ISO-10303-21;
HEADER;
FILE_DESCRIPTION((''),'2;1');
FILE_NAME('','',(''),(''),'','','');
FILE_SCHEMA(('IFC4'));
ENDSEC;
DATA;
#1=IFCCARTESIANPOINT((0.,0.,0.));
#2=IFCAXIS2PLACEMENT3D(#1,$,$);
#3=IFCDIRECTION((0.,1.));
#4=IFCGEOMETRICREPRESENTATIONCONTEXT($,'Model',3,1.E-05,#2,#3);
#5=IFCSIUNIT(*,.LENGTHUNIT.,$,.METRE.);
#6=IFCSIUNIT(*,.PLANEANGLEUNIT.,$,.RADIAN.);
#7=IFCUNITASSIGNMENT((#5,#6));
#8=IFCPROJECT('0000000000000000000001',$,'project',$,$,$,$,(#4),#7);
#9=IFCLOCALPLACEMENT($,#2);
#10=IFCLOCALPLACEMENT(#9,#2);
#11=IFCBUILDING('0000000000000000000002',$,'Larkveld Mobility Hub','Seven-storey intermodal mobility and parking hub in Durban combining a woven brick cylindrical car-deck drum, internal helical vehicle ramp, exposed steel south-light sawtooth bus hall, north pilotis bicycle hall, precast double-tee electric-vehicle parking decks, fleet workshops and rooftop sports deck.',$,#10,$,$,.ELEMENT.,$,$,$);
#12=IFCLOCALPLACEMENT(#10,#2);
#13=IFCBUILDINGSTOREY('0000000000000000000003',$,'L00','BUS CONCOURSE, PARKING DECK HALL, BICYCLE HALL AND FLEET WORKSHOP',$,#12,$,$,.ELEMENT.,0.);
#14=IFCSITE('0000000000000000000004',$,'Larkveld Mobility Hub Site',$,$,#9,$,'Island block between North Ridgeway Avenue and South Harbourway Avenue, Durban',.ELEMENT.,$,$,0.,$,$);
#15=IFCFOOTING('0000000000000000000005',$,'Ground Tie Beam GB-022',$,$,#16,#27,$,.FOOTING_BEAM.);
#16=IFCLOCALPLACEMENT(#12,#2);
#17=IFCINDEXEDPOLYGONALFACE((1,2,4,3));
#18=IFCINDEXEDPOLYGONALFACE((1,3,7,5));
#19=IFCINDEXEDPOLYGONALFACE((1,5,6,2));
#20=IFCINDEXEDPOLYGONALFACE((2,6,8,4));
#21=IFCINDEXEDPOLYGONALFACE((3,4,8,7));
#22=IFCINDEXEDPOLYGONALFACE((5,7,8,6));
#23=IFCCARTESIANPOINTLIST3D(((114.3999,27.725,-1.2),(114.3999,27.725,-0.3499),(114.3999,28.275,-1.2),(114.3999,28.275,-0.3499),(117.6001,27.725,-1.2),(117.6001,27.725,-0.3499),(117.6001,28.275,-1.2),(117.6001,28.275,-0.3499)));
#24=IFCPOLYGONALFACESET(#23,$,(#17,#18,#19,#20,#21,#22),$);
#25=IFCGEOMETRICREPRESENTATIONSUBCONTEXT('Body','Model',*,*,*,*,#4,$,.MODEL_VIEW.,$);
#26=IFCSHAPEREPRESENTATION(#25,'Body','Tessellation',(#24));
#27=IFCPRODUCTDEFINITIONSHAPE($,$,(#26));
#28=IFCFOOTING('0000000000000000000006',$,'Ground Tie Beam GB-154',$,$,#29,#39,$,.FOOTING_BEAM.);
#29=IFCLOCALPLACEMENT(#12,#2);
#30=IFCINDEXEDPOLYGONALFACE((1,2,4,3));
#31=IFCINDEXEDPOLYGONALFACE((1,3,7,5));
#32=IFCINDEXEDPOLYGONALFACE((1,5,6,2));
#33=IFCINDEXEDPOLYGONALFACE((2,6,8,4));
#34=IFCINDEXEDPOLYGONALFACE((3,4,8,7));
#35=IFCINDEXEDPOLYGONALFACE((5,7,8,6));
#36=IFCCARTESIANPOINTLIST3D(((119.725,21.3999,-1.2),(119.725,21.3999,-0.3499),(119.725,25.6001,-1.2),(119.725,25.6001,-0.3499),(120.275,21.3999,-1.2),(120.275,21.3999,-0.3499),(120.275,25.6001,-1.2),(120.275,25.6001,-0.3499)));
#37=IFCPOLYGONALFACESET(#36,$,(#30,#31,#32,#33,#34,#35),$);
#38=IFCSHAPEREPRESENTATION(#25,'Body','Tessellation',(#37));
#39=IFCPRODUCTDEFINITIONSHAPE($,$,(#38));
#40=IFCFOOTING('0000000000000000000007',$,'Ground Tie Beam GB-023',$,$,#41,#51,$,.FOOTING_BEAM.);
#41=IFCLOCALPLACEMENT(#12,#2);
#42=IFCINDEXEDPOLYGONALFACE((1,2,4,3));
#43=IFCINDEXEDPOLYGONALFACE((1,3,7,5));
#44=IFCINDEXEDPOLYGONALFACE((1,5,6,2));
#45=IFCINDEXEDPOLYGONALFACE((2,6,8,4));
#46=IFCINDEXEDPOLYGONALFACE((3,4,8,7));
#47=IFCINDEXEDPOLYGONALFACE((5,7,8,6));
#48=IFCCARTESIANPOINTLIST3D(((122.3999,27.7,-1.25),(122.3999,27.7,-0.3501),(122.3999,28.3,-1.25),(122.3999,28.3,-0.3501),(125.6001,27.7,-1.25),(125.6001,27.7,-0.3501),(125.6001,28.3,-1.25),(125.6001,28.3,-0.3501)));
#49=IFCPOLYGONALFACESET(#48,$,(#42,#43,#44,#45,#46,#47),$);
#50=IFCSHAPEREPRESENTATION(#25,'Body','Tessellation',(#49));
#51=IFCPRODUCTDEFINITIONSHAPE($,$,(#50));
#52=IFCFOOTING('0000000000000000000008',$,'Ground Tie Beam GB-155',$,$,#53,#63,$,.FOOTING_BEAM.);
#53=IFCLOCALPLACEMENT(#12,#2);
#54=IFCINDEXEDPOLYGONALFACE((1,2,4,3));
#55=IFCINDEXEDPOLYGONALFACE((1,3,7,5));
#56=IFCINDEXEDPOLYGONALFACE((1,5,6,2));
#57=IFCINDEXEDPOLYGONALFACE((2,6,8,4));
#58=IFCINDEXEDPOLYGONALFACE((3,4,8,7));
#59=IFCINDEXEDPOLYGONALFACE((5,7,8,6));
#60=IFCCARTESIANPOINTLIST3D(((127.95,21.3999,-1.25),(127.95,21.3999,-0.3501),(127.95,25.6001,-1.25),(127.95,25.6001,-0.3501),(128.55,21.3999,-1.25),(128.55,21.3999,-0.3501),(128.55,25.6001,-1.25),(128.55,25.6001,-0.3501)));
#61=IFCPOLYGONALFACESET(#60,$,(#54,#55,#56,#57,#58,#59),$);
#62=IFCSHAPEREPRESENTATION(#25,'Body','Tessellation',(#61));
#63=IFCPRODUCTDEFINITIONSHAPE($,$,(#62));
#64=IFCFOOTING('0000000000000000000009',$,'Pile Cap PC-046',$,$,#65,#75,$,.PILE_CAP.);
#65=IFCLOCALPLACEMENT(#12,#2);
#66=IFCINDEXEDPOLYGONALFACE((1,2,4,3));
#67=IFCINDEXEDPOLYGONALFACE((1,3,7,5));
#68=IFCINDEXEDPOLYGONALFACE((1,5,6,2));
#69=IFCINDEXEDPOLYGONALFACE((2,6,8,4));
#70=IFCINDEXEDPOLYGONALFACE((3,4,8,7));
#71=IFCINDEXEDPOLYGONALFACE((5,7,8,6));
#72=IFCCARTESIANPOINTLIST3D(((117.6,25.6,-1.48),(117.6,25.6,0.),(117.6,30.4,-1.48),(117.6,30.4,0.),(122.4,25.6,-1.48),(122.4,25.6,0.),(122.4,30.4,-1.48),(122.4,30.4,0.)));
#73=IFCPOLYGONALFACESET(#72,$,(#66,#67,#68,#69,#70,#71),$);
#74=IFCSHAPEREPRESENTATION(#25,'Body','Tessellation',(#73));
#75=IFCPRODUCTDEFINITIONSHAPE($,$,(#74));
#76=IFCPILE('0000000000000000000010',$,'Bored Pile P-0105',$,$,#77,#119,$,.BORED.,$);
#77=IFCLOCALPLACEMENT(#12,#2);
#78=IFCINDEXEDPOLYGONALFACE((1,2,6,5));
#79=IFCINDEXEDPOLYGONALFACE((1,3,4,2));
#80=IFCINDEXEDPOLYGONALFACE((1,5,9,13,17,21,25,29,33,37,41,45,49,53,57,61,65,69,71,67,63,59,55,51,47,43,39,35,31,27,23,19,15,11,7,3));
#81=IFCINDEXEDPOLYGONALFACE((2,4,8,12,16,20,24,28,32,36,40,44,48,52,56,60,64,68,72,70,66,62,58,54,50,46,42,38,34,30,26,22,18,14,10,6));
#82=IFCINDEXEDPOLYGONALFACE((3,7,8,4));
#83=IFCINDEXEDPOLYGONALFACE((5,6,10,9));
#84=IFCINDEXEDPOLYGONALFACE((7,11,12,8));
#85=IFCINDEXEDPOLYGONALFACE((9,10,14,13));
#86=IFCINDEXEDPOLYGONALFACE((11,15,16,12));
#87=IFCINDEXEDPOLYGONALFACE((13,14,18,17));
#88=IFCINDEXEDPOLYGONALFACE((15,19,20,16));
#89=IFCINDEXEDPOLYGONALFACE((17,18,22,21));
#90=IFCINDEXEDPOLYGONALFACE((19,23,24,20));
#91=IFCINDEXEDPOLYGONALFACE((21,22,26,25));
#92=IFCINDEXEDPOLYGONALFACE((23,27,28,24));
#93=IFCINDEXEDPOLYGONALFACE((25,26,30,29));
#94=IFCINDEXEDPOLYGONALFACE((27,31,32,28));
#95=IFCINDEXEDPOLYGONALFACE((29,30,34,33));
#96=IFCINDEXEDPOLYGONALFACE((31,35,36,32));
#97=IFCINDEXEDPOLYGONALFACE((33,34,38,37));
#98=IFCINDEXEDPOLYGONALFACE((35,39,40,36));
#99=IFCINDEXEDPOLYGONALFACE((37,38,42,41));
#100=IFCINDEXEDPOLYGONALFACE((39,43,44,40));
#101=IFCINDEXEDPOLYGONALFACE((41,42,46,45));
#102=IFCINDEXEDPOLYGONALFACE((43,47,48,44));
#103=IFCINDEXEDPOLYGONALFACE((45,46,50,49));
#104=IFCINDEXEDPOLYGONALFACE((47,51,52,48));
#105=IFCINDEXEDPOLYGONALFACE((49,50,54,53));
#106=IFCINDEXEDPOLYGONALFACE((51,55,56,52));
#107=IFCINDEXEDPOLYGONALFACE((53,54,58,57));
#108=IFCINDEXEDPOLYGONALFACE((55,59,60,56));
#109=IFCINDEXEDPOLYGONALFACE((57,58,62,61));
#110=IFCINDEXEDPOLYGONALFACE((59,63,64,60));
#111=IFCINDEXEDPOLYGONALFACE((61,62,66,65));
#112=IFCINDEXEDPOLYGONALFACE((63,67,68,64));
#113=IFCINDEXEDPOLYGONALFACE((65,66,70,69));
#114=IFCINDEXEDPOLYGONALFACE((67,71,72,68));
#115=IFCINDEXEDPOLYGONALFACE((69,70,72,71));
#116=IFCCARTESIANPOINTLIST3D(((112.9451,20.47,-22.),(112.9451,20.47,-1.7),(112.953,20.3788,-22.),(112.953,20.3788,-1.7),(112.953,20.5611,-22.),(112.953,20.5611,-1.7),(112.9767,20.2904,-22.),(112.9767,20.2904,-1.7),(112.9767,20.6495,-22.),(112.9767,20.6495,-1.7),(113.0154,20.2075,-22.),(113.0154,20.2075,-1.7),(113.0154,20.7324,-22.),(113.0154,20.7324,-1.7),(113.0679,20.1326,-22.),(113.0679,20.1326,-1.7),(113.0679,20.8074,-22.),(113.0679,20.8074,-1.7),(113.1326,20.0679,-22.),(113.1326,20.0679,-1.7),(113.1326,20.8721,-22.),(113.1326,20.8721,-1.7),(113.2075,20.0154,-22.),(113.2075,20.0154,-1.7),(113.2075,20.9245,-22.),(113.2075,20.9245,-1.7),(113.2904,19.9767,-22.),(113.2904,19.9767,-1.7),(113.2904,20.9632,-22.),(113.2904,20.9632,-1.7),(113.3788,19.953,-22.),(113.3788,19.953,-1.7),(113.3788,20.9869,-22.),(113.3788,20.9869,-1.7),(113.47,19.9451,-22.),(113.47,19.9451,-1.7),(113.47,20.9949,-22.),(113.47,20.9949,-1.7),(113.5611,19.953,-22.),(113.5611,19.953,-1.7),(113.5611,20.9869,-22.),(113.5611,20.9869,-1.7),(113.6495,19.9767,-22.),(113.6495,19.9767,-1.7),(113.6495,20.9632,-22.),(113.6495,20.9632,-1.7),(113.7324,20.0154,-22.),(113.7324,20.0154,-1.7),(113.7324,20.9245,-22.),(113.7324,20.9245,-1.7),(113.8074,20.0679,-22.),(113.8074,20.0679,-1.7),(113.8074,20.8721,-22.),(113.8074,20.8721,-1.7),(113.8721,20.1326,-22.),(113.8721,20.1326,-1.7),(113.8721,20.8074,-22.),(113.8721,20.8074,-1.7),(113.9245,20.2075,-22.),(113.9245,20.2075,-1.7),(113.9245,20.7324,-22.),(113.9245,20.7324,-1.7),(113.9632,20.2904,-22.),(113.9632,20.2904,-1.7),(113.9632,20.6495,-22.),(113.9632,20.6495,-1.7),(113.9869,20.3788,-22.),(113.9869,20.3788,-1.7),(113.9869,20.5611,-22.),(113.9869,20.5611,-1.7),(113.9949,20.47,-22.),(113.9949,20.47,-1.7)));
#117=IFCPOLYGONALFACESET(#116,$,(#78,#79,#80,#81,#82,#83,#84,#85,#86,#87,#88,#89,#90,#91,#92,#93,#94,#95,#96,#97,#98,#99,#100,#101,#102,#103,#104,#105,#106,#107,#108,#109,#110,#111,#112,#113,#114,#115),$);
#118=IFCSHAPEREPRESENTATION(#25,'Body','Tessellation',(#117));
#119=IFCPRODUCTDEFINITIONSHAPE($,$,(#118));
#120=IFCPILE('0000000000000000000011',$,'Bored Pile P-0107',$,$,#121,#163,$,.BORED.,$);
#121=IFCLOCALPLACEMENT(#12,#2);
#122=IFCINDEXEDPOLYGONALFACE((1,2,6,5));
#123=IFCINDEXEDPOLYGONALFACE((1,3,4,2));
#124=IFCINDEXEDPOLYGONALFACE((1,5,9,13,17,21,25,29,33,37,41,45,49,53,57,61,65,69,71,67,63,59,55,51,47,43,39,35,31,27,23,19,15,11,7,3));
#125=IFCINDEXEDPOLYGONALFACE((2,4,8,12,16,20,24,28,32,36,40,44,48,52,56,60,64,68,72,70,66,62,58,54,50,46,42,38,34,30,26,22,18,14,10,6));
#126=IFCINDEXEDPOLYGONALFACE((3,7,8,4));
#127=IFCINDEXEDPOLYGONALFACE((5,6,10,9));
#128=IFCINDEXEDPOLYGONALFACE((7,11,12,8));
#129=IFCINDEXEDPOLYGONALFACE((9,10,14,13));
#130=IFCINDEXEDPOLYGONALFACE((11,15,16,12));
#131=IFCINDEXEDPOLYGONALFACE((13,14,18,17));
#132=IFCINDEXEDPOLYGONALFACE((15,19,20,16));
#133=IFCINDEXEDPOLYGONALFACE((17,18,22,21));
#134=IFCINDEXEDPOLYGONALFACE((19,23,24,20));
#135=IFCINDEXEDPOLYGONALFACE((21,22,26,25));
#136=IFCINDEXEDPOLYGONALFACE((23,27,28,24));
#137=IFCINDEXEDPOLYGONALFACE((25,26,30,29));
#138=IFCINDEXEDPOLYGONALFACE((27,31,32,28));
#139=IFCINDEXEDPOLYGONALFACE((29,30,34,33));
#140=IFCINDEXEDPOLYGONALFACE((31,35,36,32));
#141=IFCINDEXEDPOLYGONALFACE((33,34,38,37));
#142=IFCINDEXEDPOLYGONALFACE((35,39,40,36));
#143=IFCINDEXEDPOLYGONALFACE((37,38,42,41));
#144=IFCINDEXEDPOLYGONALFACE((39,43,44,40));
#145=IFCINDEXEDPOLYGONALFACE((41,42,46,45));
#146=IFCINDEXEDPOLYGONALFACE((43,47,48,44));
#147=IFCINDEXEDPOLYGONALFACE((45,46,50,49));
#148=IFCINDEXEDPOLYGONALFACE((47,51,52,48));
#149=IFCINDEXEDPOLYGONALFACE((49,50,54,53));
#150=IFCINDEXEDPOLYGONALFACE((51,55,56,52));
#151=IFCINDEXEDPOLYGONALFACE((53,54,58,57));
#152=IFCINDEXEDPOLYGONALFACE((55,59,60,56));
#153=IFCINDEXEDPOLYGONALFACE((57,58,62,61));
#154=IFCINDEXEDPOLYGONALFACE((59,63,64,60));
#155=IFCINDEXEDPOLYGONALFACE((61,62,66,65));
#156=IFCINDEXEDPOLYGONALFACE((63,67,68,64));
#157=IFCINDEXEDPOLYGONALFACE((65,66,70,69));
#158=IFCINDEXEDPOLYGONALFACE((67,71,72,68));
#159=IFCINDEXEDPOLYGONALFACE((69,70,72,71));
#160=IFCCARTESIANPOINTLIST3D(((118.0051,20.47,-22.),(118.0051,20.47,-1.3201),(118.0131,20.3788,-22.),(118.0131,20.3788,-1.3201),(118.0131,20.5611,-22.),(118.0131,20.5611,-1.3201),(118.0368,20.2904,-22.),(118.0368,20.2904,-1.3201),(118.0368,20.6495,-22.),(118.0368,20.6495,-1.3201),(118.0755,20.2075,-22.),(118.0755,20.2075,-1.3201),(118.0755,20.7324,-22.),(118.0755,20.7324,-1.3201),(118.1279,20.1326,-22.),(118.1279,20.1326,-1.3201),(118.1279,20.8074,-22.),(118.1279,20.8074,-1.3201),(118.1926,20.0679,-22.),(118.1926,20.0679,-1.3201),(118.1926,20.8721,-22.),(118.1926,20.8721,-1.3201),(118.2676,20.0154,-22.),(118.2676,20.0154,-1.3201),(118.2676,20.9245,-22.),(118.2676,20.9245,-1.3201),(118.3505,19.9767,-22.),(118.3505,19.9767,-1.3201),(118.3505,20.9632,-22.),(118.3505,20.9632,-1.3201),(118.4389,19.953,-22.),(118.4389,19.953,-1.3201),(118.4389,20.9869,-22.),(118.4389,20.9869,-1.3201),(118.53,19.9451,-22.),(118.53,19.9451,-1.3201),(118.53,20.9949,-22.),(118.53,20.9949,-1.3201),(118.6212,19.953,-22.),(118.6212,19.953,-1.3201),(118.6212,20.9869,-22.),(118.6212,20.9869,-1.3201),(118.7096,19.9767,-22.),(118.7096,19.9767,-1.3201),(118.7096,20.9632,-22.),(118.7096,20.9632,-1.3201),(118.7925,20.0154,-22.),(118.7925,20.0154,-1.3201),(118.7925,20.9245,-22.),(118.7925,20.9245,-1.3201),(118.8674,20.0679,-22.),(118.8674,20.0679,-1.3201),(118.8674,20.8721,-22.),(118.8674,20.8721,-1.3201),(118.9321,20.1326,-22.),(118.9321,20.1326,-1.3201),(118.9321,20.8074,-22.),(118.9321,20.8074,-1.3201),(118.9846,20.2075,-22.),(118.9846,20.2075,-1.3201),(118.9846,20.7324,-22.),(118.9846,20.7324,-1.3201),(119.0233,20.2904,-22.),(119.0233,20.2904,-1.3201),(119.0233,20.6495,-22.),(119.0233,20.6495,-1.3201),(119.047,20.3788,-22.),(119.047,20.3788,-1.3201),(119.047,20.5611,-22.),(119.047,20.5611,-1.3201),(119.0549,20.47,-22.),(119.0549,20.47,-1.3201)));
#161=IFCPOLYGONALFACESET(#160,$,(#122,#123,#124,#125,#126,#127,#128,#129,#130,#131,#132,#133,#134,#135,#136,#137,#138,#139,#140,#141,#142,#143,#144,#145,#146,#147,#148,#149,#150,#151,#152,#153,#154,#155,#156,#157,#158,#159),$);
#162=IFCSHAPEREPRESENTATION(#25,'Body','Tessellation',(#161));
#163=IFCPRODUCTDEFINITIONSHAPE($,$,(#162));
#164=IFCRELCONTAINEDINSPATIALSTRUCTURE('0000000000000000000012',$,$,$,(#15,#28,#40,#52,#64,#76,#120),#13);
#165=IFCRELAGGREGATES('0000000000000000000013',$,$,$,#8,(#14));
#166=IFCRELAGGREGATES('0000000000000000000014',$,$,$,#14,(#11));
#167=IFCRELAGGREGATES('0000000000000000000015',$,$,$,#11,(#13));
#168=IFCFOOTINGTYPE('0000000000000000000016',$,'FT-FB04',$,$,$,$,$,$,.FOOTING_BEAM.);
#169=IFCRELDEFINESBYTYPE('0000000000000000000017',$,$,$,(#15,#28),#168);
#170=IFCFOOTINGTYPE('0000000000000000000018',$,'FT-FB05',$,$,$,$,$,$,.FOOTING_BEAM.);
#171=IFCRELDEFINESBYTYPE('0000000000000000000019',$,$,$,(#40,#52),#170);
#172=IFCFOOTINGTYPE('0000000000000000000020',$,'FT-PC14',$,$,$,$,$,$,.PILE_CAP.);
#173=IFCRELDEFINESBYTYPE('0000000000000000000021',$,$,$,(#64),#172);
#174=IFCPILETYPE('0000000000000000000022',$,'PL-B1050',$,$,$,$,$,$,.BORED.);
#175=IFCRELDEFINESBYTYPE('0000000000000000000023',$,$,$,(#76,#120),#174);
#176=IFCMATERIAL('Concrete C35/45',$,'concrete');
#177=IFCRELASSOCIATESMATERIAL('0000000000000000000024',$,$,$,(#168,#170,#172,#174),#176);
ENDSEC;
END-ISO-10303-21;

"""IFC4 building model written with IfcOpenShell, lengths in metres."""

from ifc_helpers import new_model, si_unit, direction, frame, origin, origin_2d, place, context, subcontext, project, spatial, rectangle, circle, extrude, material, material_profile, profile_set, type_object, element, save


model = new_model("IFC4")

# Units and contexts
model_context = context("Model", 3, precision=1e-05, world=origin(), true_north=direction((0.0, 1.0)))
body_context = subcontext(model_context, "Body", "Model", "MODEL_VIEW")
ifc_project = project(units=[si_unit("LENGTHUNIT", "METRE"), si_unit("PLANEANGLEUNIT", "RADIAN")], contexts=[model_context])

# Site, building, storey
site_placement = place(None, origin())
site = spatial("IfcSite", under=ifc_project, at=site_placement, Name="Larkveld Mobility Hub Site", LongName="Island block between North Ridgeway Avenue and South Harbourway Avenue, Durban", CompositionType="ELEMENT", RefElevation=0.0)
building_placement = place(site_placement, origin())
building = spatial("IfcBuilding", under=site, at=building_placement, Name="Larkveld Mobility Hub", Description="Seven-storey intermodal mobility and parking hub in Durban combining a woven brick cylindrical car-deck drum, internal helical vehicle ramp, exposed steel south-light sawtooth bus hall, north pilotis bicycle hall, precast double-tee electric-vehicle parking decks, fleet workshops and rooftop sports deck.", CompositionType="ELEMENT")
storey_placement = place(building_placement, origin())
storey = spatial("IfcBuildingStorey", under=building, at=storey_placement, Name="L00", Description="BUS CONCOURSE, PARKING DECK HALL, BICYCLE HALL AND FLEET WORKSHOP", CompositionType="ELEMENT", Elevation=0.0)

# Footings
ifc_material_1 = material(Name="Concrete C35/45", Category="concrete")
ifc_material_profile_1 = material_profile(ifc_material_1, rectangle(XDim=0.55, YDim=0.8501, at=origin_2d()), Name="RC BM 550x850")
ifc_profile_set_1 = profile_set([ifc_material_profile_1], Name="Concrete C35/45")
footing_type_1 = type_object("IfcFootingType", Name="FT-FB04", PredefinedType="FOOTING_BEAM", material=ifc_profile_set_1)
footing_1_placement = place(storey_placement, frame((114.3999, 28.0, -0.7749), z_axis=(1.0, 0.0, 0.0), x_axis=(0.0, 1.0, 0.0)))
element("IfcFooting", 1, at=footing_1_placement, inside=storey, type_object=footing_type_1, Name="Ground Tie Beam GB-022", PredefinedType="FOOTING_BEAM", context=body_context, shape_type="SweptSolid", body=[
    extrude(rectangle(XDim=0.55, YDim=0.8501, at=origin_2d()), origin(), (0.0, 0.0, 1.0), 3.2002),
])
footing_2_placement = place(storey_placement, frame((120.0, 21.3999, -0.7749), z_axis=(0.0, 1.0, 0.0), x_axis=(-1.0, 0.0, 0.0)))
element("IfcFooting", 2, at=footing_2_placement, inside=storey, type_object=footing_type_1, Name="Ground Tie Beam GB-154", PredefinedType="FOOTING_BEAM", context=body_context, shape_type="SweptSolid", body=[
    extrude(rectangle(XDim=0.55, YDim=0.8501, at=origin_2d()), origin(), (0.0, 0.0, 1.0), 4.2002),
])
ifc_material_profile_2 = material_profile(ifc_material_1, rectangle(XDim=0.6001, YDim=0.8999, at=origin_2d()), Name="RC BM 600x900")
ifc_profile_set_2 = profile_set([ifc_material_profile_2], Name="Concrete C35/45")
footing_type_2 = type_object("IfcFootingType", Name="FT-FB05", PredefinedType="FOOTING_BEAM", material=ifc_profile_set_2)
footing_3_placement = place(storey_placement, frame((122.3999, 28.0, -0.8), z_axis=(1.0, 0.0, 0.0), x_axis=(0.0, 1.0, 0.0)))
element("IfcFooting", 3, at=footing_3_placement, inside=storey, type_object=footing_type_2, Name="Ground Tie Beam GB-023", PredefinedType="FOOTING_BEAM", context=body_context, shape_type="SweptSolid", body=[
    extrude(rectangle(XDim=0.6001, YDim=0.8999, at=origin_2d()), origin(), (0.0, 0.0, 1.0), 3.2002),
])
footing_4_placement = place(storey_placement, frame((128.25, 21.3999, -0.8), z_axis=(0.0, 1.0, 0.0), x_axis=(-1.0, 0.0, 0.0)))
element("IfcFooting", 4, at=footing_4_placement, inside=storey, type_object=footing_type_2, Name="Ground Tie Beam GB-155", PredefinedType="FOOTING_BEAM", context=body_context, shape_type="SweptSolid", body=[
    extrude(rectangle(XDim=0.6001, YDim=0.8999, at=origin_2d()), origin(), (0.0, 0.0, 1.0), 4.2002),
])
footing_type_3 = type_object("IfcFootingType", Name="FT-PC14", PredefinedType="PILE_CAP", material=ifc_material_1)
footing_5_placement = place(storey_placement, frame((120.0, 28.0, -1.48), z_axis=(0.0, 0.0, 1.0), x_axis=(1.0, 0.0, 0.0)))
element("IfcFooting", 5, at=footing_5_placement, inside=storey, type_object=footing_type_3, Name="Pile Cap PC-046", PredefinedType="PILE_CAP", context=body_context, shape_type="SweptSolid", body=[
    extrude(rectangle(XDim=4.8, YDim=4.8, at=origin_2d()), origin(), (0.0, 0.0, 1.0), 1.48),
])

# Piles
ifc_material_profile_3 = material_profile(ifc_material_1, circle(Radius=0.5249, at=origin_2d()), Name="PILE D1050")
ifc_profile_set_3 = profile_set([ifc_material_profile_3], Name="Concrete C35/45")
pile_type = type_object("IfcPileType", Name="PL-B1050", PredefinedType="BORED", material=ifc_profile_set_3)
pile_1_placement = place(storey_placement, frame((113.47, 20.47, -1.7), z_axis=(0.0, 0.0, -1.0), x_axis=(1.0, 0.0, 0.0)))
element("IfcPile", 6, at=pile_1_placement, inside=storey, type_object=pile_type, Name="Bored Pile P-0105", PredefinedType="BORED", context=body_context, shape_type="SweptSolid", body=[
    extrude(circle(Radius=0.5249, at=origin_2d()), origin(), (0.0, 0.0, 1.0), 20.3),
])
for number, where, z_axis, x_axis, name in (
    (7, (118.53, 20.47, -1.3201), (0.0, 0.0, -1.0), (1.0, 0.0, 0.0), "Bored Pile P-0107"),
):
    element("IfcPile", number, at=place(storey_placement, frame(where, z_axis=z_axis, x_axis=x_axis)), inside=storey, type_object=pile_type, Name=name, PredefinedType="BORED", context=body_context, shape_type="SweptSolid", body=[
        extrude(circle(Radius=0.5249, at=origin_2d()), origin(), (0.0, 0.0, 1.0), 20.6799),
    ])

save(model, "model.ifc")
